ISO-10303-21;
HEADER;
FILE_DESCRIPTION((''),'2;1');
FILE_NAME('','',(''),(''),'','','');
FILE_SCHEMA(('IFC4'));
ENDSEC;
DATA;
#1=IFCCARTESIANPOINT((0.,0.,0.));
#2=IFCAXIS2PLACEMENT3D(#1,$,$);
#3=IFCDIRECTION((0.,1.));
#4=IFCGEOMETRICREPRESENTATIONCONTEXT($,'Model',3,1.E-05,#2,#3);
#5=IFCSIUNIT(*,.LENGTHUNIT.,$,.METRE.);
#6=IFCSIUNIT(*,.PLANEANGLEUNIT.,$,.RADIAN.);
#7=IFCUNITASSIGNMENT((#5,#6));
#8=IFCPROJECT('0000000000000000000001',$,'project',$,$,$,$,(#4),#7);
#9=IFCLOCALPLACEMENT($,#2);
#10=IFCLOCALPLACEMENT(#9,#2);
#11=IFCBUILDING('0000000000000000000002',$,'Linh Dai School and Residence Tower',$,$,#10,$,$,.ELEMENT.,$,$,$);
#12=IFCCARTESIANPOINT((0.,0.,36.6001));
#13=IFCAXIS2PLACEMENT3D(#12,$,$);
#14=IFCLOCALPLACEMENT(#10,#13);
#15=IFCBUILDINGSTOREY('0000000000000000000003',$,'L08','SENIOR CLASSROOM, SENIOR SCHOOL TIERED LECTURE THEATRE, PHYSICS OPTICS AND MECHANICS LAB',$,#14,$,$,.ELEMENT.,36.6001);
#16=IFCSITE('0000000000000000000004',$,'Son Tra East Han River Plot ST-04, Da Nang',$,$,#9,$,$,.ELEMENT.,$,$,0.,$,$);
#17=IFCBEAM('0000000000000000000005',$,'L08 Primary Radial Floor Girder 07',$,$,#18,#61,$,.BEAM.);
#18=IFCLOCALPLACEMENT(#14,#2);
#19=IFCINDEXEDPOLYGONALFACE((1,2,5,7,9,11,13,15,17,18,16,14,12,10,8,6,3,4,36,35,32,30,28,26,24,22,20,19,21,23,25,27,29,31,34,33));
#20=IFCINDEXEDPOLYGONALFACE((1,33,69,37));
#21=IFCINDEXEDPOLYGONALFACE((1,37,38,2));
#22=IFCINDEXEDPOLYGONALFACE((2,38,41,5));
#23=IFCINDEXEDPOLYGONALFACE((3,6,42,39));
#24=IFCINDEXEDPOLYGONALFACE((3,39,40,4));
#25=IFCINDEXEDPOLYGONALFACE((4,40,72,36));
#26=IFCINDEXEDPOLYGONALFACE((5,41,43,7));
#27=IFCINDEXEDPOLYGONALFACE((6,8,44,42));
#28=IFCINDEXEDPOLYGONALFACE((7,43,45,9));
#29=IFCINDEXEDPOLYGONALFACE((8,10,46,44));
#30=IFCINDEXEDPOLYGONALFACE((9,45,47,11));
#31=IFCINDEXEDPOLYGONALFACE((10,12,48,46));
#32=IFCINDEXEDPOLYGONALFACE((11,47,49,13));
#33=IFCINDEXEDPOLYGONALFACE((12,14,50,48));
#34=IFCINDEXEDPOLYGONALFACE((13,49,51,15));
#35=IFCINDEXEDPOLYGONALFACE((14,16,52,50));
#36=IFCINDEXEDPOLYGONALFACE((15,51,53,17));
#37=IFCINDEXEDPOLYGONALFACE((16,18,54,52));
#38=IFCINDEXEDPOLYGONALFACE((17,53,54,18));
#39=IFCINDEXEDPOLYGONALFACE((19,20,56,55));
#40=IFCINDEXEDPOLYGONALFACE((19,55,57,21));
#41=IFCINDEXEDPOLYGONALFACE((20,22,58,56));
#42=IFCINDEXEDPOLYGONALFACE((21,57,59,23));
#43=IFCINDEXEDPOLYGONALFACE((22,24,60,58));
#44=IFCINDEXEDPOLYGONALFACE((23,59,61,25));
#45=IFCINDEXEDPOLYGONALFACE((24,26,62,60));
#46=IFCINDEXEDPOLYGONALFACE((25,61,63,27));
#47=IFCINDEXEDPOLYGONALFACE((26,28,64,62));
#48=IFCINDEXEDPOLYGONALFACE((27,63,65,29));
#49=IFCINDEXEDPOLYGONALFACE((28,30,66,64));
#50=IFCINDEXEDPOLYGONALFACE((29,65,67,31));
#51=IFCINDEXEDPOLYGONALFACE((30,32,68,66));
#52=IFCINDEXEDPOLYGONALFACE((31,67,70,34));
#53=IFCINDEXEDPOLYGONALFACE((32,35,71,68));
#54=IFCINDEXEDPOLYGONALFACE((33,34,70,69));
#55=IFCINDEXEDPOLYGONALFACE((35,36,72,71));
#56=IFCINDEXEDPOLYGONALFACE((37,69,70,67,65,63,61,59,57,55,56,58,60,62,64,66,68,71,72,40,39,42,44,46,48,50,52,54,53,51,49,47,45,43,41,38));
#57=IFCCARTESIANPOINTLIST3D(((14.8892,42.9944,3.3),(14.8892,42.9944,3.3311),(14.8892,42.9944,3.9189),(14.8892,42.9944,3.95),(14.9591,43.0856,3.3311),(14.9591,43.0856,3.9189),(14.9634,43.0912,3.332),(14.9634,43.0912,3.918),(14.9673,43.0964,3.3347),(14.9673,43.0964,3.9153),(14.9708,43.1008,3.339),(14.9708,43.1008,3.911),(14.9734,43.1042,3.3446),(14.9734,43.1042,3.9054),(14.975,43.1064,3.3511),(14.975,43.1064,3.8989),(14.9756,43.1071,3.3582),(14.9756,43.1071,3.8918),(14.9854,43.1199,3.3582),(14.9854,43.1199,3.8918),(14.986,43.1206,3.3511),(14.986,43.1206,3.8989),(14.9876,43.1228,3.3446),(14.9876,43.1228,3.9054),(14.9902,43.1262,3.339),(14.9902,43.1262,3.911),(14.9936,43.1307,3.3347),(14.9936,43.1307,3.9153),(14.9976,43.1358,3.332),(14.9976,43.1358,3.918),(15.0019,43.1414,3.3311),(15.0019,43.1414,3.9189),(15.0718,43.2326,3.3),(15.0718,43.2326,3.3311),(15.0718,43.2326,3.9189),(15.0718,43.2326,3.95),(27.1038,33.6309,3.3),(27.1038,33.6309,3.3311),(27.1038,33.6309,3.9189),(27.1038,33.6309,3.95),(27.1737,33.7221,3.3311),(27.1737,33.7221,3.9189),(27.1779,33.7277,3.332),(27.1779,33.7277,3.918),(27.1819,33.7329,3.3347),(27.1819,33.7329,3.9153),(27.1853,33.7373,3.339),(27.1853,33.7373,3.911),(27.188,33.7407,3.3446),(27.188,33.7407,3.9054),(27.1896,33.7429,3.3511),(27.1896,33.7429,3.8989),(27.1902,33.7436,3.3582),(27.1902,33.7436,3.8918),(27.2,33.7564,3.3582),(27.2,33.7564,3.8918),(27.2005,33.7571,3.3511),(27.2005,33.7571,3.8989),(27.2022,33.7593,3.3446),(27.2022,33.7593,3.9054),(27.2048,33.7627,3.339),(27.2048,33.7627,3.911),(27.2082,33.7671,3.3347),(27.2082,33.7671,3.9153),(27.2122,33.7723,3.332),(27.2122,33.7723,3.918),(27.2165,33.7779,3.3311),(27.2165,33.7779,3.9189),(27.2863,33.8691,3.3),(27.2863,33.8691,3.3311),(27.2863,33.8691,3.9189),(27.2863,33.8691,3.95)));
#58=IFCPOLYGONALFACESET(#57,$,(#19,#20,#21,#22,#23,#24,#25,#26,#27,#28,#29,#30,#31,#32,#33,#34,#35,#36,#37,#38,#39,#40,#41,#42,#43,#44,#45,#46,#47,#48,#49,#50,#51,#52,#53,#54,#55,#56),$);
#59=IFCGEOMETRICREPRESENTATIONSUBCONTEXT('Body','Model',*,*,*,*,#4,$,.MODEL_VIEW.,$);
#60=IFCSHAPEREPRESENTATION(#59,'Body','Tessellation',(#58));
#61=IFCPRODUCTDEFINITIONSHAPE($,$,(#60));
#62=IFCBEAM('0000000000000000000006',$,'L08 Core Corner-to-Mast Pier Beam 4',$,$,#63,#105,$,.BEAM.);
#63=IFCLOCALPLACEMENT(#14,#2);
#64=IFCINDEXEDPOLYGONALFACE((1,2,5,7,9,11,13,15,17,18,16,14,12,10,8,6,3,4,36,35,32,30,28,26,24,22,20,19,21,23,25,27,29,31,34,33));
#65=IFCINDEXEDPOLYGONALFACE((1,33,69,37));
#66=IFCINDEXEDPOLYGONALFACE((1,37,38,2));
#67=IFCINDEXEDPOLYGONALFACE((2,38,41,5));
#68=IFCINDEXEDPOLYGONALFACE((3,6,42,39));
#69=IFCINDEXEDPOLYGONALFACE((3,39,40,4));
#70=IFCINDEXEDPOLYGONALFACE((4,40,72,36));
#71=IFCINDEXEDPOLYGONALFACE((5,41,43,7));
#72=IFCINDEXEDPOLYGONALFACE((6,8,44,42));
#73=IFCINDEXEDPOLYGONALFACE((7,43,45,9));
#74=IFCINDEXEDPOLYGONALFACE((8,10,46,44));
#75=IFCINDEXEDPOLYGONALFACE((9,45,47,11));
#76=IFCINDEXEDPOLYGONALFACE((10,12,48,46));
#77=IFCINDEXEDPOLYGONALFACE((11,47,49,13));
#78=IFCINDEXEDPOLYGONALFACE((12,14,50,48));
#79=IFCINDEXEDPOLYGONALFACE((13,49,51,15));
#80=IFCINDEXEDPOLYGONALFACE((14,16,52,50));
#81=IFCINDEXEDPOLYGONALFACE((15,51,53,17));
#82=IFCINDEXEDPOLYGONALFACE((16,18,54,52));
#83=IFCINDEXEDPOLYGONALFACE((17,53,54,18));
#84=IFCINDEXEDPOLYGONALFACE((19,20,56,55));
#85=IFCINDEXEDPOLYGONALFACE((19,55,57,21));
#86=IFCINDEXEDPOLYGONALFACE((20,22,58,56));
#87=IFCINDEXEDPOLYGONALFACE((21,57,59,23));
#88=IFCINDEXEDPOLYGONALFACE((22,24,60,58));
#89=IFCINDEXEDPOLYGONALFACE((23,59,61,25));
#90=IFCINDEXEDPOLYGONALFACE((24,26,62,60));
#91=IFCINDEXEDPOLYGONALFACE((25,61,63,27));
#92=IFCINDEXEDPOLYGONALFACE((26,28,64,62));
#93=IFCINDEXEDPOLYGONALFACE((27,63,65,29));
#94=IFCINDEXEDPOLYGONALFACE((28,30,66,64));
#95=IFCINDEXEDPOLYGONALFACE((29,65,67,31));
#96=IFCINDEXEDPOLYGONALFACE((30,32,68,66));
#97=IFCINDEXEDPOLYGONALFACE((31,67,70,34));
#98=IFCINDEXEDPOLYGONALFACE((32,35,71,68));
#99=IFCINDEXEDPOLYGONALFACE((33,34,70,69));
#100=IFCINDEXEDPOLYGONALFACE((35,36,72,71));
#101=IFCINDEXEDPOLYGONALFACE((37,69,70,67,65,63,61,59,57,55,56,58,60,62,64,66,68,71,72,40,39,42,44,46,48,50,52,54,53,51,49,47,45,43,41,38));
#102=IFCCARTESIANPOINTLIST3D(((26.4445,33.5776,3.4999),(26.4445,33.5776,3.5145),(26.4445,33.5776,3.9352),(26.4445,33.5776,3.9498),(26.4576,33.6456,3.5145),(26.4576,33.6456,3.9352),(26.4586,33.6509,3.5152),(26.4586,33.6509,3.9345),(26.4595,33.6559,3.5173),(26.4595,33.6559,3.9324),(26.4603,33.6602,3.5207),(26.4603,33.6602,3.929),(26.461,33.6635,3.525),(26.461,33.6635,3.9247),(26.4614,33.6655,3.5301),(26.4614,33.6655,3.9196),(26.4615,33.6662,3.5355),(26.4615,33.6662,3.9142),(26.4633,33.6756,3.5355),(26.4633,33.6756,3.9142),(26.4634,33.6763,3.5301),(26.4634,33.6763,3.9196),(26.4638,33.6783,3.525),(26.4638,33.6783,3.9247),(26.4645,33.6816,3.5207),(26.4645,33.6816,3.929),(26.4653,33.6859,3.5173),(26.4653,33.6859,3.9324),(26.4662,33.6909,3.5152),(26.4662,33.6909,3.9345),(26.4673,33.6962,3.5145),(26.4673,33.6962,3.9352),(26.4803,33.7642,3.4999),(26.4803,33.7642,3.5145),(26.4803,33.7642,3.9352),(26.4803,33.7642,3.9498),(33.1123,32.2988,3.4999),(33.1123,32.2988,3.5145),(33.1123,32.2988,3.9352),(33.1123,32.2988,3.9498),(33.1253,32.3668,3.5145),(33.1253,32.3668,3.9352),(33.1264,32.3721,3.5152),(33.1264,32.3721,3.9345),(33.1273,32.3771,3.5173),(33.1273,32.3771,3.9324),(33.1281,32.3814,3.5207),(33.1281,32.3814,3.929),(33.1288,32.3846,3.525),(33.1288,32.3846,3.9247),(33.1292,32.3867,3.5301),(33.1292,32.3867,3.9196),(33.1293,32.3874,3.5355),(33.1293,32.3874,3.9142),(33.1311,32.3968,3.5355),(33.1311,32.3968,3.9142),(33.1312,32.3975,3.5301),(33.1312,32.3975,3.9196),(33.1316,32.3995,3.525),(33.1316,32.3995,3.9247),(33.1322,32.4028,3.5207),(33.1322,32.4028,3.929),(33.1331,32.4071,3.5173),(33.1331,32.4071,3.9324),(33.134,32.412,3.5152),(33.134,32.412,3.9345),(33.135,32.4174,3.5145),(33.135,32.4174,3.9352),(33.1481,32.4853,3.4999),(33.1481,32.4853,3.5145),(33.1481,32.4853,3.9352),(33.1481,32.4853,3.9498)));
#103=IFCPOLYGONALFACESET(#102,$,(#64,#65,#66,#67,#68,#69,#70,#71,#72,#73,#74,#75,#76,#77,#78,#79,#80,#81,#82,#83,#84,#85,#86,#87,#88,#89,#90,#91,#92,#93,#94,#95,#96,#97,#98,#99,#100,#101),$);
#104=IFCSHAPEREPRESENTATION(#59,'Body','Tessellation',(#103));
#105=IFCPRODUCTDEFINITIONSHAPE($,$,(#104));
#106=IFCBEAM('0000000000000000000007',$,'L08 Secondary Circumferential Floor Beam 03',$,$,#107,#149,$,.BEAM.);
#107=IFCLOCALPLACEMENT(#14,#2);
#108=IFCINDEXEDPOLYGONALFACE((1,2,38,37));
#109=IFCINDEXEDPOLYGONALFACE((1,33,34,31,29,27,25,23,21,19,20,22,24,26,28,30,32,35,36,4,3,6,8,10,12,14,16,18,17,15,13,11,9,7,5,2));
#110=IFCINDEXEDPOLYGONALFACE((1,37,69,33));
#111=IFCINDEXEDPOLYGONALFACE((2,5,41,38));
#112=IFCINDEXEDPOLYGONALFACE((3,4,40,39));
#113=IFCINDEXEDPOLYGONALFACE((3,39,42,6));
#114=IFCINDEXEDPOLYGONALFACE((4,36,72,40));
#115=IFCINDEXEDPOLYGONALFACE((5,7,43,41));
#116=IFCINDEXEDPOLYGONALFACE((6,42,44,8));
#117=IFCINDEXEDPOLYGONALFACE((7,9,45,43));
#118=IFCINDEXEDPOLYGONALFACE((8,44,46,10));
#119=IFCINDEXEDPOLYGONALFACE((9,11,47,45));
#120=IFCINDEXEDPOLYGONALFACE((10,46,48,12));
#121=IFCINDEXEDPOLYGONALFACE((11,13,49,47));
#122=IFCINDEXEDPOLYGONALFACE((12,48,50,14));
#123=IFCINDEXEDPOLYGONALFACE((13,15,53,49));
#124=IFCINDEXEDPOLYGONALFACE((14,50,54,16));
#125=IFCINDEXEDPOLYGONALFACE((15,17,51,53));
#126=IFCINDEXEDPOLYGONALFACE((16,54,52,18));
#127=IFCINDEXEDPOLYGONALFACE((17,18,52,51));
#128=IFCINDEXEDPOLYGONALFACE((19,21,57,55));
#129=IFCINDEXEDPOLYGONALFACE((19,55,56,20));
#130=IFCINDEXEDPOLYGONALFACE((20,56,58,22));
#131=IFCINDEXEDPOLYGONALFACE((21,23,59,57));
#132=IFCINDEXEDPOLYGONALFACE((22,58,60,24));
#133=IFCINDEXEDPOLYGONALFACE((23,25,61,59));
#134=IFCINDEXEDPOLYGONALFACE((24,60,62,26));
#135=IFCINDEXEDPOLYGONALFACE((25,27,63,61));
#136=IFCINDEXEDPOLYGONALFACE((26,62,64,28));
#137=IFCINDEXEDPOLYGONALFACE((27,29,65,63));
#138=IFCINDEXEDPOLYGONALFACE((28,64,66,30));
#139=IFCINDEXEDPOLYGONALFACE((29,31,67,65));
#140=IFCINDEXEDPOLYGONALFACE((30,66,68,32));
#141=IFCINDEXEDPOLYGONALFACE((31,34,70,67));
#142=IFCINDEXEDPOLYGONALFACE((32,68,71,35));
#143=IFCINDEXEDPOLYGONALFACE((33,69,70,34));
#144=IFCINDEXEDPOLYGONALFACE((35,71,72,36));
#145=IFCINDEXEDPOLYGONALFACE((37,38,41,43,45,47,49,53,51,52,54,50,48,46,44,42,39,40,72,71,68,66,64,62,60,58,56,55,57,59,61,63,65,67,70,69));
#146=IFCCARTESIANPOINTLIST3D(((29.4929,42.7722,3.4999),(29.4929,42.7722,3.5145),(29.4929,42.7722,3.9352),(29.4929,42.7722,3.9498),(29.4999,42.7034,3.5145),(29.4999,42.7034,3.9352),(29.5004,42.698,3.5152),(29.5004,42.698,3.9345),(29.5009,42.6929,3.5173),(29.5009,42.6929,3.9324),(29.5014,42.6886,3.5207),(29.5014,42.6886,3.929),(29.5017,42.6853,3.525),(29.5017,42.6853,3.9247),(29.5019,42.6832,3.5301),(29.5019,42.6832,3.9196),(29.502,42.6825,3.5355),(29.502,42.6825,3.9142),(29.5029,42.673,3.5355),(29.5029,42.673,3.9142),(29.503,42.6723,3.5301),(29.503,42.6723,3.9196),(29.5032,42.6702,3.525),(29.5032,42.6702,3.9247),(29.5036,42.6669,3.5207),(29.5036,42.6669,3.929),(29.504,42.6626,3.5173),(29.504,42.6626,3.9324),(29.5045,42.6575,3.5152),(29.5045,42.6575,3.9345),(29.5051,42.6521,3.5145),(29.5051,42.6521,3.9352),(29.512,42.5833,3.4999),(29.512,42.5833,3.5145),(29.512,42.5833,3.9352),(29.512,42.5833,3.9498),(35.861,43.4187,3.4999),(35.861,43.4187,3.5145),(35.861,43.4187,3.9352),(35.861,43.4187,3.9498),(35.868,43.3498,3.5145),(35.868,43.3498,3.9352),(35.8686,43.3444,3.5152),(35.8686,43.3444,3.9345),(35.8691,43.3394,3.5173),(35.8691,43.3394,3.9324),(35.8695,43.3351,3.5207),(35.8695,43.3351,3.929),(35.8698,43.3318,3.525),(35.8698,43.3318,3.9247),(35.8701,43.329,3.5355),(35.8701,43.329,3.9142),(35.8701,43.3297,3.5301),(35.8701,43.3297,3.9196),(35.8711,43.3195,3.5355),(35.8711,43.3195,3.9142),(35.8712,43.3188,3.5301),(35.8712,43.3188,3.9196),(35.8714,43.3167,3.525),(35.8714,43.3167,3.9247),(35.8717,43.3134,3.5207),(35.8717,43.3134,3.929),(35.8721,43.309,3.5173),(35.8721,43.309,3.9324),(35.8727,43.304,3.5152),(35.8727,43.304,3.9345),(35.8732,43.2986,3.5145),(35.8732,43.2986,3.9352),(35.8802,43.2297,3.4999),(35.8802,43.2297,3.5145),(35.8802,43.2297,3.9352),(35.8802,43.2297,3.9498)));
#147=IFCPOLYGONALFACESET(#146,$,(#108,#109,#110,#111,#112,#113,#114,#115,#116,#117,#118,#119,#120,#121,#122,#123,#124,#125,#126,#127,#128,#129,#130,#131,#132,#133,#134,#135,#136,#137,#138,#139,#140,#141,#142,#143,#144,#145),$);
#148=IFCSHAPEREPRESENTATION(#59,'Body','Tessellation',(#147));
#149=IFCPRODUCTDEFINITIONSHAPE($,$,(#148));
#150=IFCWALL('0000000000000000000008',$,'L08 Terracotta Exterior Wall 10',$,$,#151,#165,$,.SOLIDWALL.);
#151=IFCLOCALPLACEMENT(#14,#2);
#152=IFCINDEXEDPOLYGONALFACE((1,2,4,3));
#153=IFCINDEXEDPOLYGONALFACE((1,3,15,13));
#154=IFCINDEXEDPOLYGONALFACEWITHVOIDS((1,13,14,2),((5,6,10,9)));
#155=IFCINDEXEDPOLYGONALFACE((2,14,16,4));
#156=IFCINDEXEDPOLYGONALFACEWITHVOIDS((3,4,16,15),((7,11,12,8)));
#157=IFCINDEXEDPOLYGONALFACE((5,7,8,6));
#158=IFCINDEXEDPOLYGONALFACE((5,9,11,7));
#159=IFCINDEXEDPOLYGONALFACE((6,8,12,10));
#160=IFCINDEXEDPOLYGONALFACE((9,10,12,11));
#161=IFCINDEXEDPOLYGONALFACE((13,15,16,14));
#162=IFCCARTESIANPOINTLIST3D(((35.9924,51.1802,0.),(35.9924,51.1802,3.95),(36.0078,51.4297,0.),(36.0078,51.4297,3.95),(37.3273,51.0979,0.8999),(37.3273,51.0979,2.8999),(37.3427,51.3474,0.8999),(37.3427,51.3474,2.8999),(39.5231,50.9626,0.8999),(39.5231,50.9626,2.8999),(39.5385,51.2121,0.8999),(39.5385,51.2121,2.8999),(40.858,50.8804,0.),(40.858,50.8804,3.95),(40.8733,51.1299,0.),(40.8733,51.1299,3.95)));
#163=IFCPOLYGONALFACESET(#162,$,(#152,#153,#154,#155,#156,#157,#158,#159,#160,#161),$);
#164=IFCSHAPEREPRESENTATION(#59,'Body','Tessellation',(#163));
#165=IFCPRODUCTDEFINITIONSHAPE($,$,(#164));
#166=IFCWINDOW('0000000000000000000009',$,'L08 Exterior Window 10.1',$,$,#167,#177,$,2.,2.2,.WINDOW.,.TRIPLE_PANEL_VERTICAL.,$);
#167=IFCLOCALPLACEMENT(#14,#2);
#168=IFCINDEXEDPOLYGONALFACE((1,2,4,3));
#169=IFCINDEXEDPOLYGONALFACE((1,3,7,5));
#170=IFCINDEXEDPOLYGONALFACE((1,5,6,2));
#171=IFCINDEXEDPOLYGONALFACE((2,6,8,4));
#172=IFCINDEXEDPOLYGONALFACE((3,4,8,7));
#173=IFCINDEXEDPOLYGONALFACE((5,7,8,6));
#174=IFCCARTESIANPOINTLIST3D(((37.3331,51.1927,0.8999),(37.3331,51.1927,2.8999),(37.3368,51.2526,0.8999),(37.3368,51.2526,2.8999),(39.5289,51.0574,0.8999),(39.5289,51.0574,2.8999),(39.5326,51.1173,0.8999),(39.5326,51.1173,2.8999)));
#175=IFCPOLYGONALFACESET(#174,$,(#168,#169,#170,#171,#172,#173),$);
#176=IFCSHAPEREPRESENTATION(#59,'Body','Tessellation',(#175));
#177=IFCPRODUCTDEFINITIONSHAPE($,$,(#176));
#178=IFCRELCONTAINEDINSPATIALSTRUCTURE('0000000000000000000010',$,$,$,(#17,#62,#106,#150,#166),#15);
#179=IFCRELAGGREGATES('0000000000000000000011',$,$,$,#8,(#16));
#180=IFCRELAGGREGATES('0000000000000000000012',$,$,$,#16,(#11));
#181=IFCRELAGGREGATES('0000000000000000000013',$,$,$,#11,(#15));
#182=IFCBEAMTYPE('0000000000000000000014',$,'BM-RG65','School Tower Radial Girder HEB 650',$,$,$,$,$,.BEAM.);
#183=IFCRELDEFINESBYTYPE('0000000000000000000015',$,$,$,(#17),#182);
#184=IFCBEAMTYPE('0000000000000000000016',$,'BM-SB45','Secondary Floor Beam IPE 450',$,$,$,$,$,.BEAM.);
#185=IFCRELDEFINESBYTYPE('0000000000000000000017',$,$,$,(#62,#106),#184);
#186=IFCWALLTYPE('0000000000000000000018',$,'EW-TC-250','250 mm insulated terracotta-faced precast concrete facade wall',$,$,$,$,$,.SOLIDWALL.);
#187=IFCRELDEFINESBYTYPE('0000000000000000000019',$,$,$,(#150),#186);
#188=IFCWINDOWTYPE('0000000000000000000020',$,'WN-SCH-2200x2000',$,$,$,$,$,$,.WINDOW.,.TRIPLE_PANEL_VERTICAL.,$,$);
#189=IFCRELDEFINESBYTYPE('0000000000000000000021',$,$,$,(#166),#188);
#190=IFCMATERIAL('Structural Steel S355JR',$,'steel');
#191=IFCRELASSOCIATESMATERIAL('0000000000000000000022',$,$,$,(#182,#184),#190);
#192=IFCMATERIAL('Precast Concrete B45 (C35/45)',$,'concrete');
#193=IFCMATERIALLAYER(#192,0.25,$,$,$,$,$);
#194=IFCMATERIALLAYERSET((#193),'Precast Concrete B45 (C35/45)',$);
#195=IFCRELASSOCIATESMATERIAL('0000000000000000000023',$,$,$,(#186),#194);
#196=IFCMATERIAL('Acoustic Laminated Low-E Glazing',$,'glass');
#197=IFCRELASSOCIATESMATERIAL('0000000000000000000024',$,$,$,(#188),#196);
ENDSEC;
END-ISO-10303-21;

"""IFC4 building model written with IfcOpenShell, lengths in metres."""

from ifc_helpers import new_model, si_unit, direction, frame, frame_2d, origin, origin_2d, place, context, subcontext, project, spatial, rectangle, i_section, extrude, source, transform, mapped, material, layer, layer_set, material_profile, profile_set, type_object, element, fill, save


model = new_model("IFC4")

# Units and contexts
model_context = context("Model", 3, precision=1e-05, world=origin(), true_north=direction((0.0, 1.0)))
body_context = subcontext(model_context, "Body", "Model", "MODEL_VIEW")
ifc_project = project(units=[si_unit("LENGTHUNIT", "METRE"), si_unit("PLANEANGLEUNIT", "RADIAN")], contexts=[model_context])

# Site, building, storey
site_placement = place(None, origin())
site = spatial("IfcSite", under=ifc_project, at=site_placement, Name="Son Tra East Han River Plot ST-04, Da Nang", CompositionType="ELEMENT", RefElevation=0.0)
building_placement = place(site_placement, origin())
building = spatial("IfcBuilding", under=site, at=building_placement, Name="Linh Dai School and Residence Tower", CompositionType="ELEMENT")
storey_placement = place(building_placement, frame((0.0, 0.0, 36.6001)))
storey = spatial("IfcBuildingStorey", under=building, at=storey_placement, Name="L08", Description="SENIOR CLASSROOM, SENIOR SCHOOL TIERED LECTURE THEATRE, PHYSICS OPTICS AND MECHANICS LAB", CompositionType="ELEMENT", Elevation=36.6001)

# Shared definitions
ifc_material_1 = material(Name="Structural Steel S355JR", Category="steel")

# Beams
ifc_material_profile_1 = material_profile(ifc_material_1, i_section(OverallWidth=0.3, OverallDepth=0.6499, WebThickness=0.0161, FlangeThickness=0.031, FilletRadius=0.0271, at=origin_2d()), Name="HEB 650")
ifc_profile_set_1 = profile_set([ifc_material_profile_1], Name="Structural Steel S355JR")
beam_type_1 = type_object("IfcBeamType", Name="BM-RG65", Description="School Tower Radial Girder HEB 650", PredefinedType="BEAM", material=ifc_profile_set_1)
beam_1_placement = place(storey_placement, frame((27.1951, 33.75, 3.625), z_axis=(-0.793638, 0.608391, 0.0), x_axis=(-0.608391, -0.793638, 0.0)))
element("IfcBeam", 1, at=beam_1_placement, inside=storey, type_object=beam_type_1, Name="L08 Primary Radial Floor Girder 07", PredefinedType="BEAM", context=body_context, shape_type="SweptSolid", body=[
    extrude(i_section(OverallWidth=0.3, OverallDepth=0.6499, WebThickness=0.0161, FlangeThickness=0.031, FilletRadius=0.0271, at=origin_2d()), origin(), (0.0, 0.0, 1.0), 15.3906),
])
ifc_material_profile_2 = material_profile(ifc_material_1, i_section(OverallWidth=0.1899, OverallDepth=0.45, WebThickness=0.0095, FlangeThickness=0.0146, FilletRadius=0.021, at=origin_2d()), Name="IPE 450")
ifc_profile_set_2 = profile_set([ifc_material_profile_2], Name="Structural Steel S355JR")
beam_type_2 = type_object("IfcBeamType", Name="BM-SB45", Description="Secondary Floor Beam IPE 450", PredefinedType="BEAM", material=ifc_profile_set_2)
beam_2_placement = place(storey_placement, frame((26.4624, 33.6709, 3.7249), z_axis=(0.9821, -0.188358, 0.0), x_axis=(0.188358, 0.9821, 0.0)))
element("IfcBeam", 2, at=beam_2_placement, inside=storey, type_object=beam_type_2, Name="L08 Core Corner-to-Mast Pier Beam 4", PredefinedType="BEAM", context=body_context, shape_type="SweptSolid", body=[
    extrude(i_section(OverallWidth=0.1899, OverallDepth=0.45, WebThickness=0.0095, FlangeThickness=0.0146, FilletRadius=0.021, at=origin_2d()), origin(), (0.0, 0.0, 1.0), 6.7893),
])
beam_3_placement = place(storey_placement, frame((35.8706, 43.3242, 3.7249), z_axis=(-0.994887, -0.100999, 0.0), x_axis=(0.100999, -0.994887, 0.0)))
element("IfcBeam", 3, at=beam_3_placement, inside=storey, type_object=beam_type_2, Name="L08 Secondary Circumferential Floor Beam 03", PredefinedType="BEAM", context=body_context, shape_type="SweptSolid", body=[
    extrude(i_section(OverallWidth=0.1899, OverallDepth=0.45, WebThickness=0.0095, FlangeThickness=0.0146, FilletRadius=0.021, at=origin_2d()), origin(), (0.0, 0.0, 1.0), 6.4009),
])

# Wall, opening, window
ifc_material_2 = material(Name="Precast Concrete B45 (C35/45)", Category="concrete")
ifc_layer_1 = layer(ifc_material_2, 0.25)
ifc_layer_set_1 = layer_set([ifc_layer_1], Name="Precast Concrete B45 (C35/45)")
wall_type_1 = type_object("IfcWallType", Name="EW-TC-250", Description="250 mm insulated terracotta-faced precast concrete facade wall", PredefinedType="SOLIDWALL", material=ifc_layer_set_1)
wall_1_placement = place(storey_placement, frame((36.0, 51.3049, 0.0), z_axis=(0.0, 0.0, 1.0), x_axis=(0.998107, -0.061502, 0.0)))
wall_1 = element("IfcWall", 4, at=wall_1_placement, inside=storey, type_object=wall_type_1, Name="L08 Terracotta Exterior Wall 10", PredefinedType="SOLIDWALL", context=body_context, shape_type="SweptSolid", body=[
    extrude(rectangle(XDim=4.8748, YDim=0.25, at=frame_2d((2.4375, 0.0))), origin(), (0.0, 0.0, 1.0), 3.95),
])
opening_1_placement = place(wall_1_placement, frame((1.3374, 0.0, 0.8999)))
opening_1 = element("IfcOpeningElement", 5, at=opening_1_placement, cuts=wall_1, PredefinedType="OPENING", context=body_context, shape_type="SweptSolid", body=[
    extrude(rectangle(XDim=2.2, YDim=2.0, at=origin_2d()), frame((1.1001, 0.135, 1.0), z_axis=(0.0, -1.0, 0.0), x_axis=(1.0, 0.0, 0.0)), (0.0, 0.0, 1.0), 0.27),
])
ifc_material_3 = material(Name="Acoustic Laminated Low-E Glazing", Category="glass")
window_type = type_object("IfcWindowType", Name="WN-SCH-2200x2000", PartitioningType="TRIPLE_PANEL_VERTICAL", PredefinedType="WINDOW", material=ifc_material_3)
shared_shape_1 = source(origin(), body_context, "Body", "SweptSolid", [
    extrude(rectangle(XDim=2.2, YDim=2.0, at=origin_2d()), frame((1.1001, 0.03, 1.0), z_axis=(0.0, -1.0, 0.0), x_axis=(1.0, 0.0, 0.0)), (0.0, 0.0, 1.0), 0.0601),
])
window_1_placement = place(opening_1_placement, origin())
window_1 = element("IfcWindow", 6, at=window_1_placement, inside=storey, type_object=window_type, Name="L08 Exterior Window 10.1", OverallHeight=2.0, OverallWidth=2.2, PartitioningType="TRIPLE_PANEL_VERTICAL", PredefinedType="WINDOW", context=body_context, shape_type="MappedRepresentation", body=[
    mapped(shared_shape_1, transform((0.0, 0.0, 0.0), x_axis=(1.0, 0.0, 0.0), y_axis=(0.0, 1.0, 0.0), z_axis=(0.0, 0.0, 1.0), scale=1.0)),
])
fill(opening_1, window_1)

save(model, "model.ifc")
